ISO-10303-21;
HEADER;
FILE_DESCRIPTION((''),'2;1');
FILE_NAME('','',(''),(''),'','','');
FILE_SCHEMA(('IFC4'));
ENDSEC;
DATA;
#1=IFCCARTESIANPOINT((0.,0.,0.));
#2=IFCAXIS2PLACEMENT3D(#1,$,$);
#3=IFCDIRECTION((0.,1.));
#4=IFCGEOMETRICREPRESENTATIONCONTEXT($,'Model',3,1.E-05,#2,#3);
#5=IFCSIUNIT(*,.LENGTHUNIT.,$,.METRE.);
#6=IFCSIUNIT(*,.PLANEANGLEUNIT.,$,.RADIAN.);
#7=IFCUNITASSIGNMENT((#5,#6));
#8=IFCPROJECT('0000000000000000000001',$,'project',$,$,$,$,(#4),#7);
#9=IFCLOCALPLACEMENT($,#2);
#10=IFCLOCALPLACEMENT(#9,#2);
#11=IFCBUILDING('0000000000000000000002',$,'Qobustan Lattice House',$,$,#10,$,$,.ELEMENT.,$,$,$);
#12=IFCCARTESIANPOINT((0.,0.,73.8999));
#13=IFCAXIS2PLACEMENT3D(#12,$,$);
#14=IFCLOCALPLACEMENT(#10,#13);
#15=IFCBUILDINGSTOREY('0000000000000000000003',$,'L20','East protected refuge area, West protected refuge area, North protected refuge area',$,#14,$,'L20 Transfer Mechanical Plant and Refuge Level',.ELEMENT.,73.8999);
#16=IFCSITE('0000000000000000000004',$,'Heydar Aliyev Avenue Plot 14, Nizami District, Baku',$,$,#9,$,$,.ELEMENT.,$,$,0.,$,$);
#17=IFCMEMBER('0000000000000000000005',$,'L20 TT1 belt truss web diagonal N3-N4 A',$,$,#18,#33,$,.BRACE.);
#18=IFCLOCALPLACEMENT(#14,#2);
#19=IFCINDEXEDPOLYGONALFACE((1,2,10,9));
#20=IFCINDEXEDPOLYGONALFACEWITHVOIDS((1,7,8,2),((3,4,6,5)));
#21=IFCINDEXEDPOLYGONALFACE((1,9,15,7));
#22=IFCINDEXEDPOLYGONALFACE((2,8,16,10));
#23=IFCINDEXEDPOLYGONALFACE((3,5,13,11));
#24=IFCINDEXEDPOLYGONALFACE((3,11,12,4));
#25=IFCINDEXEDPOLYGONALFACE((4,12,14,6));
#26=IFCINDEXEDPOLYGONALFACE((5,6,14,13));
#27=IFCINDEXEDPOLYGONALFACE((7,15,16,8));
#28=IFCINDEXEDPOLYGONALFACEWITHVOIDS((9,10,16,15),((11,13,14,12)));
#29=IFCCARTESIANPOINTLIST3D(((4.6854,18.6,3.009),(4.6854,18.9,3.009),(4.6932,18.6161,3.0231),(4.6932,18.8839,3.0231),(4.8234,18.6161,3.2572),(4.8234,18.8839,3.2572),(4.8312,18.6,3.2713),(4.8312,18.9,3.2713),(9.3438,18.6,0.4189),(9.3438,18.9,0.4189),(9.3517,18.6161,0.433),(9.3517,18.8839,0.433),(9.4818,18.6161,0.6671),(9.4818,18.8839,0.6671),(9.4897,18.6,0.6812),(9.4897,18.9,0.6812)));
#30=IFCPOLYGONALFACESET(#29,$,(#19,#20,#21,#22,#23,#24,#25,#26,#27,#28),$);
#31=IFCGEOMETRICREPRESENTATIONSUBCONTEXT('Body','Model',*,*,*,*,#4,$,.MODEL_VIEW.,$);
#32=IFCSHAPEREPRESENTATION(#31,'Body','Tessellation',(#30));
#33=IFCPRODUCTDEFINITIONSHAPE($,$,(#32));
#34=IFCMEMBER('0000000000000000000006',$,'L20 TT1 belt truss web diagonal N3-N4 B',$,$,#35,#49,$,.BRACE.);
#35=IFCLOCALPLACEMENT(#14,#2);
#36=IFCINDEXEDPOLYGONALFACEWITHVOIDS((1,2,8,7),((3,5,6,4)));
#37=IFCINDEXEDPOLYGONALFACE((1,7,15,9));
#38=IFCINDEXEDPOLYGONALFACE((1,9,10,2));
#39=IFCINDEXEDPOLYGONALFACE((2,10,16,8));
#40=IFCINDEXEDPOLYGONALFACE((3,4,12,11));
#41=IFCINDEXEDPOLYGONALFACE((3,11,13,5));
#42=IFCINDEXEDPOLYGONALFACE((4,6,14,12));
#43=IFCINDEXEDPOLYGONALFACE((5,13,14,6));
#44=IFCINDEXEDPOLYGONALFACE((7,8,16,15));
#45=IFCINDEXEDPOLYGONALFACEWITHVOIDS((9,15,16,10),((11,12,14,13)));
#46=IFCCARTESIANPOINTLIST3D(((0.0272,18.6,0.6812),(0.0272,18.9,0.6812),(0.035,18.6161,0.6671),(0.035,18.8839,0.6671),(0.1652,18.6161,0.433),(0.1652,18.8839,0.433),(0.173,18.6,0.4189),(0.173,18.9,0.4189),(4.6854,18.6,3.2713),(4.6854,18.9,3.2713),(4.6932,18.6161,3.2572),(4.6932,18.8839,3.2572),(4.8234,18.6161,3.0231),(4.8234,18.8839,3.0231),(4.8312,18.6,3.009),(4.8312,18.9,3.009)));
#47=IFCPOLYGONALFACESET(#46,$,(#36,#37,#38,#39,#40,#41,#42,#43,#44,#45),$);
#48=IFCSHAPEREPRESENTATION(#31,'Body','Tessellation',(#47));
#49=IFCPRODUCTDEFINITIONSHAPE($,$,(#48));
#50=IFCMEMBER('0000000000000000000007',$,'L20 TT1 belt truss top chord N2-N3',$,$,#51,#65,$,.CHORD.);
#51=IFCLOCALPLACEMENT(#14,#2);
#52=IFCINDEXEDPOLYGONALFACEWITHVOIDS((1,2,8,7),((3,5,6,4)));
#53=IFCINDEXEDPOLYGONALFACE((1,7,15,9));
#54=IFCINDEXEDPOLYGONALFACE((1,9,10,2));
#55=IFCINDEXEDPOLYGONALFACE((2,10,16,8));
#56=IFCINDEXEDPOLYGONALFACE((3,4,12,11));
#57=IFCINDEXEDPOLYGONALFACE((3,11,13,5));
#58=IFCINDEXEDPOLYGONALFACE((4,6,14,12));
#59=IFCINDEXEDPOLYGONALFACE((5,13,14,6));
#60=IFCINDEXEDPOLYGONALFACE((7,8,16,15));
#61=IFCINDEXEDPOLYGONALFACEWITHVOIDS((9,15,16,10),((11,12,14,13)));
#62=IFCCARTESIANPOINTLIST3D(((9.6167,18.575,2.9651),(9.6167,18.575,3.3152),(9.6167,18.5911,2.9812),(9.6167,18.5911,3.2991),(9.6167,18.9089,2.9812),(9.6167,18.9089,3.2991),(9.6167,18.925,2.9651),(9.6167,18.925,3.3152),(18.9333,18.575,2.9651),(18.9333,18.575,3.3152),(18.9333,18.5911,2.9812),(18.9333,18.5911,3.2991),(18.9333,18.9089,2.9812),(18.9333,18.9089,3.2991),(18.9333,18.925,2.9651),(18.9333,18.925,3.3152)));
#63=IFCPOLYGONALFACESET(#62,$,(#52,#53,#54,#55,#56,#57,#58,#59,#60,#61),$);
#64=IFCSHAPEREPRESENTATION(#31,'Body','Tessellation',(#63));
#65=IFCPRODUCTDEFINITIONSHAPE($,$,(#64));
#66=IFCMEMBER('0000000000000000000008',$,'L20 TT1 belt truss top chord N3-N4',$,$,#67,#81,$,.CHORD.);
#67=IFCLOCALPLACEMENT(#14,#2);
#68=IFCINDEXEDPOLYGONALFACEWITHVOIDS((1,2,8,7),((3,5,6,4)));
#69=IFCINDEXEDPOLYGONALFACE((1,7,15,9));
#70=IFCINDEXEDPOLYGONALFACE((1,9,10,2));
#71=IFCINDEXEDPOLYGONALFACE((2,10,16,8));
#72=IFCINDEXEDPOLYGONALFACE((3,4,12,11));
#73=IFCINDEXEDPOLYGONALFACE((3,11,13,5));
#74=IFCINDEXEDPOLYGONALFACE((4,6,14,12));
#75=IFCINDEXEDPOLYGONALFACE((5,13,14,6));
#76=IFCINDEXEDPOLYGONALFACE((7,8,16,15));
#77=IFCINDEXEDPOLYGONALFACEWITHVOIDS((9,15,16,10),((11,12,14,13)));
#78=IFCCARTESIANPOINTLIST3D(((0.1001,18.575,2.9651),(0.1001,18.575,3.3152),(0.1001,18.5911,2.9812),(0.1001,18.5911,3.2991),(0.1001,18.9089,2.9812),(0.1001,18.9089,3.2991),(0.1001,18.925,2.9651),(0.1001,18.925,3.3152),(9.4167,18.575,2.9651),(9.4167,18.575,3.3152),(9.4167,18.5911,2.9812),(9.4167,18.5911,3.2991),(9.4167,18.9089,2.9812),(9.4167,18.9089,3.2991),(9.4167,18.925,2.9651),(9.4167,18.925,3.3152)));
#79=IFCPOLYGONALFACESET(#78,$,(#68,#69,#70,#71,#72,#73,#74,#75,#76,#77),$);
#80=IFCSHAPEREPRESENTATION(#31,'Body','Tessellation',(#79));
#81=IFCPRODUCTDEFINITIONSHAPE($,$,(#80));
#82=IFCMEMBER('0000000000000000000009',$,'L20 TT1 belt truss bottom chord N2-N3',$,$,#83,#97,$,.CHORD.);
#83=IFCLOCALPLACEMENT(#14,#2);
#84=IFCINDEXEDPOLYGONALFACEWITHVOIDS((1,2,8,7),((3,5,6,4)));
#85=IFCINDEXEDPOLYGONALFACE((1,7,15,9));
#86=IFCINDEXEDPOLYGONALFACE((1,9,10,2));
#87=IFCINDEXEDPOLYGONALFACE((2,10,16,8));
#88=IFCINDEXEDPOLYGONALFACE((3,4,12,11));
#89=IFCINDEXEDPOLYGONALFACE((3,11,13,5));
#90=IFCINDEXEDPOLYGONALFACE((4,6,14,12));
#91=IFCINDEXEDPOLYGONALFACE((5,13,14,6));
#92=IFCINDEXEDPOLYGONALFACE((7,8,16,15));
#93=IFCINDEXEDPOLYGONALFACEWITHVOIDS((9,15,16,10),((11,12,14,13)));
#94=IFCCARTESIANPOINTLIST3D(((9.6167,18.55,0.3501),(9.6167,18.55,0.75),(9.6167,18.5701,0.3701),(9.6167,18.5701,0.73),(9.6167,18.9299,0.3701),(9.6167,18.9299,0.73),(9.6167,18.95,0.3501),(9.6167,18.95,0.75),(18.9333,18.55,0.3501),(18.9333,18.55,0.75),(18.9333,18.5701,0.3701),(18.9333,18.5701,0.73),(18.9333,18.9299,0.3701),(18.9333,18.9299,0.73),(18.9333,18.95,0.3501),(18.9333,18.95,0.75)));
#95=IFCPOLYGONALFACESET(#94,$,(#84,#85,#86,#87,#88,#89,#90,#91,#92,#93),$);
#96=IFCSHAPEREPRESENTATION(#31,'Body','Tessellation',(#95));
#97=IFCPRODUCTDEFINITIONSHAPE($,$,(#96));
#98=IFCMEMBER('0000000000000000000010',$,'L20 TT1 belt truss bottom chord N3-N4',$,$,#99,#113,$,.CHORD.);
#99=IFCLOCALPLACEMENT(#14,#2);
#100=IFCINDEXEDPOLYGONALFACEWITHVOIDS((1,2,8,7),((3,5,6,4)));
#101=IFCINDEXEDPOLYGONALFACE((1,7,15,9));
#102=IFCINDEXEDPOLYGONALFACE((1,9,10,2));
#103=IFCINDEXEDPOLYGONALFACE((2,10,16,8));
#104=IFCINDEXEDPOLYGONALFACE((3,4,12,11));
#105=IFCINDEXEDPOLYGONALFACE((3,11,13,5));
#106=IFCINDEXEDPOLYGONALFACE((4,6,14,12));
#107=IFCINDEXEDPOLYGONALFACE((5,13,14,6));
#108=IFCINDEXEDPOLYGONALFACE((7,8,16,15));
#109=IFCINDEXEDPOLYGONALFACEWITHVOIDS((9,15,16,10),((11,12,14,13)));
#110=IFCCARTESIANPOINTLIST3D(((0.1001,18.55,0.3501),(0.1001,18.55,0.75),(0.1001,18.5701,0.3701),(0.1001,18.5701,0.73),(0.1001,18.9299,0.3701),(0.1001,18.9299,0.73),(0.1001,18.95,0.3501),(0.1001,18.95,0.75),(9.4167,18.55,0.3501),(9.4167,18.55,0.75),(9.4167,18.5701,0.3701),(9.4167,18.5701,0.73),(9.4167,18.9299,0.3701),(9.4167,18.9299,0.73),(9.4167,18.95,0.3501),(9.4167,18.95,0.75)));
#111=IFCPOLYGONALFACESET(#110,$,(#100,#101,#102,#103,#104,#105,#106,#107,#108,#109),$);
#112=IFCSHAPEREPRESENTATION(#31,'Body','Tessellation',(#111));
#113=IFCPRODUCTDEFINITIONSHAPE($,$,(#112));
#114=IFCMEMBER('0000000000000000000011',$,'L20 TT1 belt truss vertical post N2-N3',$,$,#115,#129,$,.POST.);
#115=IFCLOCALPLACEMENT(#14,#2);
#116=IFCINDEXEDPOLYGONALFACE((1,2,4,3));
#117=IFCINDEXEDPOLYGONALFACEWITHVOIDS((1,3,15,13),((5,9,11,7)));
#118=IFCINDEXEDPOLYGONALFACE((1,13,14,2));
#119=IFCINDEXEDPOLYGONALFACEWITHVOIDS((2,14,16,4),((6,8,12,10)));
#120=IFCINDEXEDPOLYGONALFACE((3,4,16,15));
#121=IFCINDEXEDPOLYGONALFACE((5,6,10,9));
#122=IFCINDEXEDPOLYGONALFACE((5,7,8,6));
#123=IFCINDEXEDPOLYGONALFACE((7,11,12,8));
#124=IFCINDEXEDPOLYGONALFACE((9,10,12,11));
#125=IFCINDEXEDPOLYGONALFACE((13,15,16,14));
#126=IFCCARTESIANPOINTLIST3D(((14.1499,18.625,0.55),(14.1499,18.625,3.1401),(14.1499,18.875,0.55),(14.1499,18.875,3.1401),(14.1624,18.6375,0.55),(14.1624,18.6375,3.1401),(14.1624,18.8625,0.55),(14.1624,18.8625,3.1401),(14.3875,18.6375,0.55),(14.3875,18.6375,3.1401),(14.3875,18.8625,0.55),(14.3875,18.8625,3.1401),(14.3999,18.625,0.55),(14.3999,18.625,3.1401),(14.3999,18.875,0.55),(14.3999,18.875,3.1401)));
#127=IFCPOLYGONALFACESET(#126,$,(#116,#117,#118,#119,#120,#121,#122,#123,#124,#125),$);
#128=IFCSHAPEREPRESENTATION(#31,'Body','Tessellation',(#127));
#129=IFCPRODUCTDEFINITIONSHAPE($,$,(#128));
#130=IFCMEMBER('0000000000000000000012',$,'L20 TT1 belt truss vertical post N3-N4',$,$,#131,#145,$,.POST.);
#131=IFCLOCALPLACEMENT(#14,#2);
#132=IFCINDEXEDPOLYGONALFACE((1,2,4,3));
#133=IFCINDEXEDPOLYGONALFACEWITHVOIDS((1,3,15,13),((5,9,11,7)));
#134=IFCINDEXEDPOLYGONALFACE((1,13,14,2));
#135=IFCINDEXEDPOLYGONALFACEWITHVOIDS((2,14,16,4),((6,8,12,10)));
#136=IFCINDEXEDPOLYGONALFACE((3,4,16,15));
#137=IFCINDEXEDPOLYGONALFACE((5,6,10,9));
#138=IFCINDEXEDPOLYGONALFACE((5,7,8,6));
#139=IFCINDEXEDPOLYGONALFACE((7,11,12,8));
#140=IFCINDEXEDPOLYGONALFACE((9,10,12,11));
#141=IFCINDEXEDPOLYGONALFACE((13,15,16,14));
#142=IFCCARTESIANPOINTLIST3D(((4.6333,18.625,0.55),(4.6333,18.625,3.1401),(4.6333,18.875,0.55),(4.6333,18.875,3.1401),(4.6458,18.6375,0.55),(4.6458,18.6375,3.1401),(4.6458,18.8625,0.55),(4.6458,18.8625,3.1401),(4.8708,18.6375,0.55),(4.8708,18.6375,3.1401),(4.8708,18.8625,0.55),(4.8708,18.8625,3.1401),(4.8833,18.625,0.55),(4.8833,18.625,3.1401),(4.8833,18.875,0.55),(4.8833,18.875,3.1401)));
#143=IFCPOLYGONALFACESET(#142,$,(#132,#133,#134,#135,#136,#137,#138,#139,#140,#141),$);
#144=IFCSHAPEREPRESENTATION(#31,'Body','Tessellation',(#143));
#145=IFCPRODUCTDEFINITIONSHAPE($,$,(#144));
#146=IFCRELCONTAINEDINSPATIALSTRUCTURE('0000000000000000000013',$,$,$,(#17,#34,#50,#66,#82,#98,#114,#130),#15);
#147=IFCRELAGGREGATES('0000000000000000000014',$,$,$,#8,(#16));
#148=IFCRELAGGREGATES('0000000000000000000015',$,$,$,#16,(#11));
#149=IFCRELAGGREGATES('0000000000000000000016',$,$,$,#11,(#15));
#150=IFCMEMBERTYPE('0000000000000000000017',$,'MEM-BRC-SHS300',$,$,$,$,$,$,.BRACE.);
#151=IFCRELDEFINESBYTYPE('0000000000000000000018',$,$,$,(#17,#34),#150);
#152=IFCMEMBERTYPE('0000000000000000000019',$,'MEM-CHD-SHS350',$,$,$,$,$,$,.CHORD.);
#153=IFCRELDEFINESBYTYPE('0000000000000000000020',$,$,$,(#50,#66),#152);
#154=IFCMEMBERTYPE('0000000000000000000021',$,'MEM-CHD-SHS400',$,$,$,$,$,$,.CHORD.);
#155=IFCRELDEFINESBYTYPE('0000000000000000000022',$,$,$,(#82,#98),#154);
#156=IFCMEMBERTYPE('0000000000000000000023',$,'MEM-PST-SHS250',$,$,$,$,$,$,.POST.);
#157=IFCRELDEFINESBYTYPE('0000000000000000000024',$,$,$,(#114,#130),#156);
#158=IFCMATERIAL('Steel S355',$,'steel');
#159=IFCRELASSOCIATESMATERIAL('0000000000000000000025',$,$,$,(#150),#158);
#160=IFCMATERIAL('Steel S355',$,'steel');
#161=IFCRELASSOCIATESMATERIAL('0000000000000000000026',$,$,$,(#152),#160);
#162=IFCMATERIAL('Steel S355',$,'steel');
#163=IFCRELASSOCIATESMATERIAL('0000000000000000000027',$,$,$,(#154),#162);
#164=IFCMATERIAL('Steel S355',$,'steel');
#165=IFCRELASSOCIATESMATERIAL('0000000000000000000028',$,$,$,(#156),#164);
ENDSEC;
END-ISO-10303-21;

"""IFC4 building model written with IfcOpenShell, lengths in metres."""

from ifc_helpers import new_model, si_unit, direction, frame, origin, origin_2d, place, context, subcontext, project, spatial, hollow_rectangle, extrude, material, material_profile, profile_set, type_object, element, save


model = new_model("IFC4")

# Units and contexts
model_context = context("Model", 3, precision=1e-05, world=origin(), true_north=direction((0.0, 1.0)))
body_context = subcontext(model_context, "Body", "Model", "MODEL_VIEW")
ifc_project = project(units=[si_unit("LENGTHUNIT", "METRE"), si_unit("PLANEANGLEUNIT", "RADIAN")], contexts=[model_context])

# Site, building, storey
site_placement = place(None, origin())
site = spatial("IfcSite", under=ifc_project, at=site_placement, Name="Heydar Aliyev Avenue Plot 14, Nizami District, Baku", CompositionType="ELEMENT", RefElevation=0.0)
building_placement = place(site_placement, origin())
building = spatial("IfcBuilding", under=site, at=building_placement, Name="Qobustan Lattice House", CompositionType="ELEMENT")
storey_placement = place(building_placement, frame((0.0, 0.0, 73.8999)))
storey = spatial("IfcBuildingStorey", under=building, at=storey_placement, Name="L20", Description="East protected refuge area, West protected refuge area, North protected refuge area", LongName="L20 Transfer Mechanical Plant and Refuge Level", CompositionType="ELEMENT", Elevation=73.8999)

# Members
ifc_material_1 = material(Name="Steel S355", Category="steel")
ifc_material_profile_1 = material_profile(ifc_material_1, hollow_rectangle(XDim=0.3, YDim=0.3, WallThickness=0.0161, at=origin_2d()), Name="SHS300x300x16")
ifc_profile_set_1 = profile_set([ifc_material_profile_1], Name="Steel S355")
member_type_1 = type_object("IfcMemberType", Name="MEM-BRC-SHS300", PredefinedType="BRACE", material=ifc_profile_set_1)
member_1_placement = place(storey_placement, frame((9.4167, 18.75, 0.55), z_axis=(-0.873993, 0.0, 0.485938), x_axis=(0.0, -1.0, 0.0)))
element("IfcMember", 1, at=member_1_placement, inside=storey, type_object=member_type_1, Name="L20 TT1 belt truss web diagonal N3-N4 A", PredefinedType="BRACE", context=body_context, shape_type="SweptSolid", body=[
    extrude(hollow_rectangle(XDim=0.3, YDim=0.3, WallThickness=0.0161, at=origin_2d()), origin(), (0.0, 0.0, 1.0), 5.3301),
])
member_2_placement = place(storey_placement, frame((4.7583, 18.75, 3.1401), z_axis=(-0.873982, 0.0, -0.485958), x_axis=(0.0, -1.0, 0.0)))
element("IfcMember", 2, at=member_2_placement, inside=storey, type_object=member_type_1, Name="L20 TT1 belt truss web diagonal N3-N4 B", PredefinedType="BRACE", context=body_context, shape_type="SweptSolid", body=[
    extrude(hollow_rectangle(XDim=0.3, YDim=0.3, WallThickness=0.0161, at=origin_2d()), origin(), (0.0, 0.0, 1.0), 5.3298),
])
ifc_material_2 = material(Name="Steel S355", Category="steel")
ifc_material_profile_2 = material_profile(ifc_material_2, hollow_rectangle(XDim=0.3501, YDim=0.3501, WallThickness=0.0161, at=origin_2d()), Name="SHS350x350x16")
ifc_profile_set_2 = profile_set([ifc_material_profile_2], Name="Steel S355")
member_type_2 = type_object("IfcMemberType", Name="MEM-CHD-SHS350", PredefinedType="CHORD", material=ifc_profile_set_2)
for number, where, z_axis, x_axis, name in (
    (3, (18.9333, 18.75, 3.1401), (-1.0, 0.0, 0.0), (0.0, -1.0, 0.0), "L20 TT1 belt truss top chord N2-N3"),
    (4, (9.4167, 18.75, 3.1401), (-1.0, 0.0, 0.0), (0.0, -1.0, 0.0), "L20 TT1 belt truss top chord N3-N4"),
):
    element("IfcMember", number, at=place(storey_placement, frame(where, z_axis=z_axis, x_axis=x_axis)), inside=storey, type_object=member_type_2, Name=name, PredefinedType="CHORD", context=body_context, shape_type="SweptSolid", body=[
        extrude(hollow_rectangle(XDim=0.3501, YDim=0.3501, WallThickness=0.0161, at=origin_2d()), origin(), (0.0, 0.0, 1.0), 9.3167),
    ])
ifc_material_3 = material(Name="Steel S355", Category="steel")
ifc_material_profile_3 = material_profile(ifc_material_3, hollow_rectangle(XDim=0.3999, YDim=0.3999, WallThickness=0.02, at=origin_2d()), Name="SHS400x400x20")
ifc_profile_set_3 = profile_set([ifc_material_profile_3], Name="Steel S355")
member_type_3 = type_object("IfcMemberType", Name="MEM-CHD-SHS400", PredefinedType="CHORD", material=ifc_profile_set_3)
for number, where, z_axis, x_axis, name in (
    (5, (18.9333, 18.75, 0.55), (-1.0, 0.0, 0.0), (0.0, -1.0, 0.0), "L20 TT1 belt truss bottom chord N2-N3"),
    (6, (9.4167, 18.75, 0.55), (-1.0, 0.0, 0.0), (0.0, -1.0, 0.0), "L20 TT1 belt truss bottom chord N3-N4"),
):
    element("IfcMember", number, at=place(storey_placement, frame(where, z_axis=z_axis, x_axis=x_axis)), inside=storey, type_object=member_type_3, Name=name, PredefinedType="CHORD", context=body_context, shape_type="SweptSolid", body=[
        extrude(hollow_rectangle(XDim=0.3999, YDim=0.3999, WallThickness=0.02, at=origin_2d()), origin(), (0.0, 0.0, 1.0), 9.3167),
    ])
ifc_material_4 = material(Name="Steel S355", Category="steel")
ifc_material_profile_4 = material_profile(ifc_material_4, hollow_rectangle(XDim=0.25, YDim=0.25, WallThickness=0.0125, at=origin_2d()), Name="SHS250x250x12.5")
ifc_profile_set_4 = profile_set([ifc_material_profile_4], Name="Steel S355")
member_type_4 = type_object("IfcMemberType", Name="MEM-PST-SHS250", PredefinedType="POST", material=ifc_profile_set_4)
for number, where, z_axis, x_axis, name in (
    (7, (14.2749, 18.75, 0.55), (0.0, 0.0, 1.0), (1.0, 0.0, 0.0), "L20 TT1 belt truss vertical post N2-N3"),
    (8, (4.7583, 18.75, 0.55), (0.0, 0.0, 1.0), (1.0, 0.0, 0.0), "L20 TT1 belt truss vertical post N3-N4"),
):
    element("IfcMember", number, at=place(storey_placement, frame(where, z_axis=z_axis, x_axis=x_axis)), inside=storey, type_object=member_type_4, Name=name, PredefinedType="POST", context=body_context, shape_type="SweptSolid", body=[
        extrude(hollow_rectangle(XDim=0.25, YDim=0.25, WallThickness=0.0125, at=origin_2d()), origin(), (0.0, 0.0, 1.0), 2.5901),
    ])

save(model, "model.ifc")
